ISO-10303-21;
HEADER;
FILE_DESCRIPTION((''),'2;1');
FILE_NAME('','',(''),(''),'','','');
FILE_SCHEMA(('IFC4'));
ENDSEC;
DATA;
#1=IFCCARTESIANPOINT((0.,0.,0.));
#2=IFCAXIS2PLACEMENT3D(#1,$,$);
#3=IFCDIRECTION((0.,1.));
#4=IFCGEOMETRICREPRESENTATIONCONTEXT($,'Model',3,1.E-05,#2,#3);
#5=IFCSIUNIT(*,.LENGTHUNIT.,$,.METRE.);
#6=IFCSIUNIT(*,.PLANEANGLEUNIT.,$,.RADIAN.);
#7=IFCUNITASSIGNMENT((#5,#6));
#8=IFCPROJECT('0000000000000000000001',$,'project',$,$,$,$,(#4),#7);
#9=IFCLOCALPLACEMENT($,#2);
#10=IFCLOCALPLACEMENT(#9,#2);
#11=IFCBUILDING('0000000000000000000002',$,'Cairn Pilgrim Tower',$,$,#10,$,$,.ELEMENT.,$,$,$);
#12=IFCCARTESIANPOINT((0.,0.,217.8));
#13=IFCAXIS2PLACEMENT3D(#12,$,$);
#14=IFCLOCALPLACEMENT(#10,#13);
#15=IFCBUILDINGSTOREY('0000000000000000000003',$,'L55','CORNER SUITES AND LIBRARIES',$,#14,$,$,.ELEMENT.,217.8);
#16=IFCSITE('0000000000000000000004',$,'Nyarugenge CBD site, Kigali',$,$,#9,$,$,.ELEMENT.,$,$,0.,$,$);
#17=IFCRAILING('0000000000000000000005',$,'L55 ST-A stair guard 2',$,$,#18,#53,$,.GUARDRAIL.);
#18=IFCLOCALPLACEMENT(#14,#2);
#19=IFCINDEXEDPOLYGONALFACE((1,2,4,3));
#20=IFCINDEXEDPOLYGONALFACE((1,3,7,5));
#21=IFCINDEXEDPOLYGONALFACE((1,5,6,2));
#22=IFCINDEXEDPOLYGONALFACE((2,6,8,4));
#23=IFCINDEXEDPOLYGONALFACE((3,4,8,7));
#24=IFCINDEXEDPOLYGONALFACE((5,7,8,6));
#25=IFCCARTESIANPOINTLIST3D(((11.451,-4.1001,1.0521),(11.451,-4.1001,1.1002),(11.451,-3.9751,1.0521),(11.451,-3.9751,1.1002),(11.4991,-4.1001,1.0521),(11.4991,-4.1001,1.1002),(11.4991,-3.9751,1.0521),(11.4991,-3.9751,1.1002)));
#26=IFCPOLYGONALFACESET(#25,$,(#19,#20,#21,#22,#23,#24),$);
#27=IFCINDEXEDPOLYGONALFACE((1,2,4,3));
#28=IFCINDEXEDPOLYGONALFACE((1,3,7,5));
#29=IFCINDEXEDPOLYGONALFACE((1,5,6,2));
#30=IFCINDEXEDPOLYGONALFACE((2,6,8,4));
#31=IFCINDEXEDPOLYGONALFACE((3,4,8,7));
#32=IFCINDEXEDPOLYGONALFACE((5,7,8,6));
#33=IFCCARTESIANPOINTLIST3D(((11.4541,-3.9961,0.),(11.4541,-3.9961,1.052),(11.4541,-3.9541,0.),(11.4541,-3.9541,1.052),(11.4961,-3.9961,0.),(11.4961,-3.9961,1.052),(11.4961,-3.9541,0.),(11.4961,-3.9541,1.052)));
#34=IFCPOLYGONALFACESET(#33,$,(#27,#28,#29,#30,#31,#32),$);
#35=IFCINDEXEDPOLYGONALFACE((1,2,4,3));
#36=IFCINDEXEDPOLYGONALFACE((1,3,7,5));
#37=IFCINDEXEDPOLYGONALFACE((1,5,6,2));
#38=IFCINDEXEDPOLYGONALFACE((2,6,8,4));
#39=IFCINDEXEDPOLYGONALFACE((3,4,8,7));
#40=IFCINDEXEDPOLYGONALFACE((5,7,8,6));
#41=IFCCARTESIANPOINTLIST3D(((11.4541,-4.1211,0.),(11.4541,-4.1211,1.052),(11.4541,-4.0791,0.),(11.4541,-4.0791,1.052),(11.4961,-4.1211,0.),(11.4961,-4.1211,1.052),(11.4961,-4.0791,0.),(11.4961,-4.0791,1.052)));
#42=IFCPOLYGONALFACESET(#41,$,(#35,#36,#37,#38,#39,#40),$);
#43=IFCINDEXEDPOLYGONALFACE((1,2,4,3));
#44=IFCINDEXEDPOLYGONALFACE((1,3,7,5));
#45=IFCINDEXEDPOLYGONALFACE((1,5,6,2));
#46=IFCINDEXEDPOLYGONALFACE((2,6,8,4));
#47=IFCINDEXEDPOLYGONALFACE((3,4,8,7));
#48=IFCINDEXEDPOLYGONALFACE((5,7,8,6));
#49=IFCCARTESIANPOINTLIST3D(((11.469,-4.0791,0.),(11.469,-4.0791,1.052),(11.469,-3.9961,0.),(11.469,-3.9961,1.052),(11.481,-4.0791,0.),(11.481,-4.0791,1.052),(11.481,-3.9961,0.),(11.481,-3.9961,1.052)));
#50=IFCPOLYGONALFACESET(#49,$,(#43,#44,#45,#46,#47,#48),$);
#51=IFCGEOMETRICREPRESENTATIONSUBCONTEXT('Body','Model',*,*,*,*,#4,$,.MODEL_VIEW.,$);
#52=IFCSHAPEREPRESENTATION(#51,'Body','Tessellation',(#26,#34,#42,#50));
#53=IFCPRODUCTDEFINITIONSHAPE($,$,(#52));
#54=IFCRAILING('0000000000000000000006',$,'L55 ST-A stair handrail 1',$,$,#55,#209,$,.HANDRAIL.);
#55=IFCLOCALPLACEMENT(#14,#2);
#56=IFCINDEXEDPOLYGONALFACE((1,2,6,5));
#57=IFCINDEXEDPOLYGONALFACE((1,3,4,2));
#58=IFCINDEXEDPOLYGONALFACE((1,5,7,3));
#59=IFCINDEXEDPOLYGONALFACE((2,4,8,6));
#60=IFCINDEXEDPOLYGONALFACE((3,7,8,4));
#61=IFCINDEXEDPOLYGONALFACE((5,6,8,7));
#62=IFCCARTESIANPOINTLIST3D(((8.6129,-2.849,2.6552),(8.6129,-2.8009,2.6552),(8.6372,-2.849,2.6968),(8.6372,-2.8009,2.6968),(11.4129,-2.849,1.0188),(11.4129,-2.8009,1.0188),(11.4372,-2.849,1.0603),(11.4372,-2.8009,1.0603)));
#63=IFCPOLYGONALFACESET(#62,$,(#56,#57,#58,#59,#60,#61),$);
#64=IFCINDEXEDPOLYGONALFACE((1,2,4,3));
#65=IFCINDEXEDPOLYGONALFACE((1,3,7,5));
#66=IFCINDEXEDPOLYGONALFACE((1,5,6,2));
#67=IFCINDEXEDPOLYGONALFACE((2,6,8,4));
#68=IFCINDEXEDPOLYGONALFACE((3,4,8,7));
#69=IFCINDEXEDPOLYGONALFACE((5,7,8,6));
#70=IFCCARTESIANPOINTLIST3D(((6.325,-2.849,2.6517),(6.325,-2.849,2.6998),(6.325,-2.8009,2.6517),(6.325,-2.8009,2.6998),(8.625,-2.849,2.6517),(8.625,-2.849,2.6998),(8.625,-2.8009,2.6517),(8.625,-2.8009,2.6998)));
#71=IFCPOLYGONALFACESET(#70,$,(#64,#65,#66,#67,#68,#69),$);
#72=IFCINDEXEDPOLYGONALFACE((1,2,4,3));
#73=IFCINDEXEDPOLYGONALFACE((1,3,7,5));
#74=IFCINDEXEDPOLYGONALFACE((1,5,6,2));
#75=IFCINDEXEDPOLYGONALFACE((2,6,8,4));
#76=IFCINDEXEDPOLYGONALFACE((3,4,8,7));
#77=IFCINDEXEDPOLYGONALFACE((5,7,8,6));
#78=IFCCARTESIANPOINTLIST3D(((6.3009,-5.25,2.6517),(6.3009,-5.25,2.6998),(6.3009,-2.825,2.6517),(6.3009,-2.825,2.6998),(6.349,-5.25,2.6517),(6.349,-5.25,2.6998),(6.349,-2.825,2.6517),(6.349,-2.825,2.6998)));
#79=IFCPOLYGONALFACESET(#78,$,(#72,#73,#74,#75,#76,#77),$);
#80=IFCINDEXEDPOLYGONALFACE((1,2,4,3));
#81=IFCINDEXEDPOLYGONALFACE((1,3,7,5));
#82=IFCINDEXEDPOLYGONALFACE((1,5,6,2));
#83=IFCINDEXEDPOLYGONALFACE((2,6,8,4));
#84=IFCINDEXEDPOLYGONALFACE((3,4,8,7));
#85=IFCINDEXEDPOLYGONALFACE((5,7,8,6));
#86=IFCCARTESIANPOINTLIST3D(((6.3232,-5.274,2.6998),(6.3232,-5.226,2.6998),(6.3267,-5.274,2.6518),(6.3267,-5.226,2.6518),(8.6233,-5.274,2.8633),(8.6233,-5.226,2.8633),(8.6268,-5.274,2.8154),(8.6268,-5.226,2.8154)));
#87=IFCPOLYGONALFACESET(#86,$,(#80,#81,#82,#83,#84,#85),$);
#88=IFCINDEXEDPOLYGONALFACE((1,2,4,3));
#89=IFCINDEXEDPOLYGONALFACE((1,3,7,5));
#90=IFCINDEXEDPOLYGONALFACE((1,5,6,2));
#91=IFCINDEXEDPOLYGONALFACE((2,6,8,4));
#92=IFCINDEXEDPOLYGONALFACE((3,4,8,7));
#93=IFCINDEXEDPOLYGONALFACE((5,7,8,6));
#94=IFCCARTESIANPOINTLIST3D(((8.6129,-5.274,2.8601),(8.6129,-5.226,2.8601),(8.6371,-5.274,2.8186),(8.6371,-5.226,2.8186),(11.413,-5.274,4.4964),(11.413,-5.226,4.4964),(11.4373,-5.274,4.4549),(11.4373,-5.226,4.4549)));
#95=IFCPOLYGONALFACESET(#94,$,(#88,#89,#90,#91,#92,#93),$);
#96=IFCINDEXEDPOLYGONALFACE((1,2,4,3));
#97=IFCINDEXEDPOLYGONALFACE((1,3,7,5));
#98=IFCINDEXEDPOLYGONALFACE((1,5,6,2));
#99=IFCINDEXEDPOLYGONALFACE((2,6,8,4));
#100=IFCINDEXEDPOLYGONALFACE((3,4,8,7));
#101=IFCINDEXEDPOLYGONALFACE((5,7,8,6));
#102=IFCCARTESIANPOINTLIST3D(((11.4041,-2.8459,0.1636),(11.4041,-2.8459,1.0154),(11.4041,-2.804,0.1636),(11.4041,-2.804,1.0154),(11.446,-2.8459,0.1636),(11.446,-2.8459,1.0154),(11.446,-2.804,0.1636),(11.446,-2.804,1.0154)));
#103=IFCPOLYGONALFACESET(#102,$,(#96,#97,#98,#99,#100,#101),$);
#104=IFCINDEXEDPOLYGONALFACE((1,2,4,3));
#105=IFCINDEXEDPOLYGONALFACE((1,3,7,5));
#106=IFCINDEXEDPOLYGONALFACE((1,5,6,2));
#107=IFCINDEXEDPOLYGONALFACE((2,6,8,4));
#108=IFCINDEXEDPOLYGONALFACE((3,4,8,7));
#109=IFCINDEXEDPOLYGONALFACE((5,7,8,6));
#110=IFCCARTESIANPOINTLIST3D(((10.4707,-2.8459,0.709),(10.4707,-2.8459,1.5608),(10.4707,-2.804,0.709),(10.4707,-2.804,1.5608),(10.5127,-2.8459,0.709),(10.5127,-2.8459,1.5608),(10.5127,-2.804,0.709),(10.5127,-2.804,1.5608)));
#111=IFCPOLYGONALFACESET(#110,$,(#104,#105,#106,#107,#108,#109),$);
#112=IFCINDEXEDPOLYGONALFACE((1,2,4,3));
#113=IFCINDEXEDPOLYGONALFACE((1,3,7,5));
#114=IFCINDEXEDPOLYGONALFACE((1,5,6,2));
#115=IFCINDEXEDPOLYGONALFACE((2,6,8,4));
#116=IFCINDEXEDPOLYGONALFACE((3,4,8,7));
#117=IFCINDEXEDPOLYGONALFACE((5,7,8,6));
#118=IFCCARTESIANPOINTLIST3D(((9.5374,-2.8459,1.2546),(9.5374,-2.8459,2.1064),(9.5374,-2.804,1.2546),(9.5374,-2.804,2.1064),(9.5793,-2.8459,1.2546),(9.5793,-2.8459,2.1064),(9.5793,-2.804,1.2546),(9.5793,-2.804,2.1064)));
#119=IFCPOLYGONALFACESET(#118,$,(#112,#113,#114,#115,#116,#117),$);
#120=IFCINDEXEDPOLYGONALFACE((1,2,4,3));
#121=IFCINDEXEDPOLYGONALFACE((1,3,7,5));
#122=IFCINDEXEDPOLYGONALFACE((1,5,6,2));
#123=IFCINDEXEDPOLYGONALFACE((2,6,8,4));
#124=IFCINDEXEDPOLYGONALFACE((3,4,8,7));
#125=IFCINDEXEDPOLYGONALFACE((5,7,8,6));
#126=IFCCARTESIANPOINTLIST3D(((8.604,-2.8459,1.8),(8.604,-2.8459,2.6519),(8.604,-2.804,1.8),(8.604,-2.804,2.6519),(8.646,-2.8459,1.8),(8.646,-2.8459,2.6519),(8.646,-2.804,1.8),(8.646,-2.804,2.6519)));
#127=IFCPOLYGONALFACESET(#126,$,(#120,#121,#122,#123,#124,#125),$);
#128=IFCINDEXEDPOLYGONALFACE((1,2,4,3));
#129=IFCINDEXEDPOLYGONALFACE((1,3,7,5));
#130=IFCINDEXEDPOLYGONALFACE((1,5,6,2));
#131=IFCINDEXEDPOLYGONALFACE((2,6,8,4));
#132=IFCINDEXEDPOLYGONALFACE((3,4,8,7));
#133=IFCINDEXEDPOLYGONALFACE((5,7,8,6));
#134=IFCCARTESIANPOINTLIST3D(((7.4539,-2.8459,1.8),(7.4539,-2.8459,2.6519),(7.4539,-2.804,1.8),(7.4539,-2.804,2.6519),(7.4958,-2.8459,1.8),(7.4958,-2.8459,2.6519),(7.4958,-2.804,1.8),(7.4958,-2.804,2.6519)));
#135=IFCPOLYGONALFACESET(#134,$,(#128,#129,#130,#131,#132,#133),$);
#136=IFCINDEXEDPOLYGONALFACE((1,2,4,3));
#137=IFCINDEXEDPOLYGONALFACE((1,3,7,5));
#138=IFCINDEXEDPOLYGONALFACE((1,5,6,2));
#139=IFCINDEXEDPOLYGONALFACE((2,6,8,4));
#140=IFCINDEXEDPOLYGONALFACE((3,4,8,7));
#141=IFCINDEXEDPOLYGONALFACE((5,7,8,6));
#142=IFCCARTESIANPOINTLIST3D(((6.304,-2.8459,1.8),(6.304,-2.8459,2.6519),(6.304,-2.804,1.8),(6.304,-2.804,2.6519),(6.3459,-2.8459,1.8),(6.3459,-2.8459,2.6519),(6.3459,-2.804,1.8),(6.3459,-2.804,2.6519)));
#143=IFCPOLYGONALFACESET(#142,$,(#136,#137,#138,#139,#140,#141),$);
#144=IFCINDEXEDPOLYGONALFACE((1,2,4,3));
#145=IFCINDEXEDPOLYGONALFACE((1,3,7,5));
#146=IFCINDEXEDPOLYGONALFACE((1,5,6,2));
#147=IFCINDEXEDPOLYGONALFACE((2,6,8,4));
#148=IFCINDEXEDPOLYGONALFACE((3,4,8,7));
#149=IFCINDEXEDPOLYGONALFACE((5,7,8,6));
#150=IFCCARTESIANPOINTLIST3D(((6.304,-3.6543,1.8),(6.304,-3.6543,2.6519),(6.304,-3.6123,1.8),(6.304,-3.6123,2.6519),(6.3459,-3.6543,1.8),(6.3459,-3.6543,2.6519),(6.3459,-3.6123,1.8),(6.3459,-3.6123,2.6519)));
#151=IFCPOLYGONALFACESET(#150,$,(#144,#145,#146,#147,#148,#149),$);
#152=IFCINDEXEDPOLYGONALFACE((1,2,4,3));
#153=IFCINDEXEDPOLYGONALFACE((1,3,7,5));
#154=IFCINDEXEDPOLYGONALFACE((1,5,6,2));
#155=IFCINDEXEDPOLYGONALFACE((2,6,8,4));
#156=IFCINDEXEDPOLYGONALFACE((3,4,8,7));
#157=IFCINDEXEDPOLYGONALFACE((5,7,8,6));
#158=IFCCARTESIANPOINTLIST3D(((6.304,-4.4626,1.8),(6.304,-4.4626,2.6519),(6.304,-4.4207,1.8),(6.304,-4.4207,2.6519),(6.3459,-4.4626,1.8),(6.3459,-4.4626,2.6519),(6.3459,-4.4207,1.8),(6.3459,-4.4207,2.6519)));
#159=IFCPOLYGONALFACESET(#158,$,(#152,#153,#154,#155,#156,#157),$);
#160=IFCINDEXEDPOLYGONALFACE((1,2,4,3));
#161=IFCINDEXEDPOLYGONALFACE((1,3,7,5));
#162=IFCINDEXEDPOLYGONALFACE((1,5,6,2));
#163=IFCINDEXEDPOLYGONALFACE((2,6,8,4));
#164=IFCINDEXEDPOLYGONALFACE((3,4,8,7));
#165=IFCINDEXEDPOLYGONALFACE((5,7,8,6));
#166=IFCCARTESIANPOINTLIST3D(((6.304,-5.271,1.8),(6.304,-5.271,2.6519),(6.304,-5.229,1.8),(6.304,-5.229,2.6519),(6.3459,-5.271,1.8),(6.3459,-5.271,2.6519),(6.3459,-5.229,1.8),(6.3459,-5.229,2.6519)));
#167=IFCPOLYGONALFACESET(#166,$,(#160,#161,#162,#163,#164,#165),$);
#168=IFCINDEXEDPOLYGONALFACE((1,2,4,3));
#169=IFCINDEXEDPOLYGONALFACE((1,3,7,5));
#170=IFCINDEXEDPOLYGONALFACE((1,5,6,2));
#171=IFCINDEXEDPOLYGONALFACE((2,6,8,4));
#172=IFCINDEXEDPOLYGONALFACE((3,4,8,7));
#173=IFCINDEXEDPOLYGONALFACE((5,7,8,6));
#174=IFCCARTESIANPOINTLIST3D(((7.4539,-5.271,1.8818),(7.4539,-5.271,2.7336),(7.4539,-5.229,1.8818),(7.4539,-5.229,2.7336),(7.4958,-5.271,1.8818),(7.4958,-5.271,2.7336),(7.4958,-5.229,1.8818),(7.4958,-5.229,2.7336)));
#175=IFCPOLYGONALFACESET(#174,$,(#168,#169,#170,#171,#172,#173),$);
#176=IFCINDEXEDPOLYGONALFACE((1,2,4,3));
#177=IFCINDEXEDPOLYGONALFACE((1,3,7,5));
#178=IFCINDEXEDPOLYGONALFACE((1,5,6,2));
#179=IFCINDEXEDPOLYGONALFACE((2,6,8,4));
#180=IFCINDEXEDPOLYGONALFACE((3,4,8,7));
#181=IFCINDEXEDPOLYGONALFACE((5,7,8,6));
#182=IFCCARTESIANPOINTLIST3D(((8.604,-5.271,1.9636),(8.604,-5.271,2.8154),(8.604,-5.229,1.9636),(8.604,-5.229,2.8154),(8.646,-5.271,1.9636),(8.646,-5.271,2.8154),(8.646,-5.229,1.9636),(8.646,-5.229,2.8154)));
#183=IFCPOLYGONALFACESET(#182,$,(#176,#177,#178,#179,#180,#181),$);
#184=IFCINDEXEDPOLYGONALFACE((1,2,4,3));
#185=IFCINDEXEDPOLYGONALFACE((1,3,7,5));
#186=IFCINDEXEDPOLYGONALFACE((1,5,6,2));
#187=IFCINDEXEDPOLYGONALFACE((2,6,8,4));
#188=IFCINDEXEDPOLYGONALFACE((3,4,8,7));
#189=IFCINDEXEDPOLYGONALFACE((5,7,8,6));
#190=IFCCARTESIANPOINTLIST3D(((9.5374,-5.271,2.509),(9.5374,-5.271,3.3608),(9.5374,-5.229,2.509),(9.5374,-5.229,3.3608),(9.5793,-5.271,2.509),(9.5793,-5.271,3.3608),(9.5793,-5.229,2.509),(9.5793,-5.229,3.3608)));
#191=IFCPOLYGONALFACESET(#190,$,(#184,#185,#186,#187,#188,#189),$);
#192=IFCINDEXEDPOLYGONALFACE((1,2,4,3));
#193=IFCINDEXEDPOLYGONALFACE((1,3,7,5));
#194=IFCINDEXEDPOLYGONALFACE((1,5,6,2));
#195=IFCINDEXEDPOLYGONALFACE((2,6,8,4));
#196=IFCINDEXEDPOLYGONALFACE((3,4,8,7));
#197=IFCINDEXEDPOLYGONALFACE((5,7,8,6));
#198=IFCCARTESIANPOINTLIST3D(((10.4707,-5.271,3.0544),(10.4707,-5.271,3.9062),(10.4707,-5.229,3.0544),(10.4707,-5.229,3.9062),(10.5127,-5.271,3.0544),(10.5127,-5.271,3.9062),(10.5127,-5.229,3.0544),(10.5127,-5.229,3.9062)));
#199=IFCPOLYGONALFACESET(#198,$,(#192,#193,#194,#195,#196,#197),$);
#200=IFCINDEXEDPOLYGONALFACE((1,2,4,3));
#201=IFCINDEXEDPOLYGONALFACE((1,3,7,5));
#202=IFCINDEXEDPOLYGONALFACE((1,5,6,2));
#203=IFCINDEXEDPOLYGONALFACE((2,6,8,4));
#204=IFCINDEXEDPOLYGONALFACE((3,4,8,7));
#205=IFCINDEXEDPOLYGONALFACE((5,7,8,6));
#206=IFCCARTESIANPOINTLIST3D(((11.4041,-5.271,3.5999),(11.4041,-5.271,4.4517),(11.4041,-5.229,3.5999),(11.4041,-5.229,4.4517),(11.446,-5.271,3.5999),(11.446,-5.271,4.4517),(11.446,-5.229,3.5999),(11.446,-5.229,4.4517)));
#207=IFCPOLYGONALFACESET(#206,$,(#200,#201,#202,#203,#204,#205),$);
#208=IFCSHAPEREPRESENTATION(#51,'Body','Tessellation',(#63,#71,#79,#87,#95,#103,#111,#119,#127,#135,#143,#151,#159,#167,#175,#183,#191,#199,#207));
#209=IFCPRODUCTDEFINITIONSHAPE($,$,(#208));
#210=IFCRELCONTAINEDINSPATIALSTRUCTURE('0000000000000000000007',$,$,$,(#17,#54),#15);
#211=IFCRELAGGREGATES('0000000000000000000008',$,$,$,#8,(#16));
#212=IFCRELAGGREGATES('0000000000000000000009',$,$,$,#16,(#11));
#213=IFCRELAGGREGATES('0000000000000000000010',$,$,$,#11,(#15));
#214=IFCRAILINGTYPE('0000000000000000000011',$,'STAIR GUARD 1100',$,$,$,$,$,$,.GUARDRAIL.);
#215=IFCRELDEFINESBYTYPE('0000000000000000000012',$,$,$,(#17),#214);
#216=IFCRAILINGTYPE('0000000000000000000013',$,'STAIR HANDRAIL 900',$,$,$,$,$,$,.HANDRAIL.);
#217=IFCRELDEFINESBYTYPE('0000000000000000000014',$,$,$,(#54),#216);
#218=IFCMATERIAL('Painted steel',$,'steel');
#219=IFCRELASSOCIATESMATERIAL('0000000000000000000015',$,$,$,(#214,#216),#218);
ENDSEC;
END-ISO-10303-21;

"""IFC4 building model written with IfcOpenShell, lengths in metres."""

from ifc_helpers import new_model, si_unit, direction, frame, origin, origin_2d, place, context, subcontext, project, spatial, polyline, rectangle, outline, extrude, material, type_object, element, save


model = new_model("IFC4")

# Units and contexts
model_context = context("Model", 3, precision=1e-05, world=origin(), true_north=direction((0.0, 1.0)))
body_context = subcontext(model_context, "Body", "Model", "MODEL_VIEW")
ifc_project = project(units=[si_unit("LENGTHUNIT", "METRE"), si_unit("PLANEANGLEUNIT", "RADIAN")], contexts=[model_context])

# Site, building, storey
site_placement = place(None, origin())
site = spatial("IfcSite", under=ifc_project, at=site_placement, Name="Nyarugenge CBD site, Kigali", CompositionType="ELEMENT", RefElevation=0.0)
building_placement = place(site_placement, origin())
building = spatial("IfcBuilding", under=site, at=building_placement, Name="Cairn Pilgrim Tower", CompositionType="ELEMENT")
storey_placement = place(building_placement, frame((0.0, 0.0, 217.8)))
storey = spatial("IfcBuildingStorey", under=building, at=storey_placement, Name="L55", Description="CORNER SUITES AND LIBRARIES", CompositionType="ELEMENT", Elevation=217.8)

# Shared definitions
ifc_material_1 = material(Name="Painted steel", Category="steel")

# Railings
railing_type_1 = type_object("IfcRailingType", Name="STAIR GUARD 1100", PredefinedType="GUARDRAIL", material=ifc_material_1)
railing_1_placement = place(storey_placement, frame((11.4751, -3.9751, 0.0)))
element("IfcRailing", 1, at=railing_1_placement, inside=storey, type_object=railing_type_1, Name="L55 ST-A stair guard 2", PredefinedType="GUARDRAIL", context=body_context, shape_type="SweptSolid", body=[
    extrude(rectangle(XDim=0.0481, YDim=0.0481, at=origin_2d()), frame((0.0, 0.0, 1.0762), z_axis=(0.0, -1.0, 0.0), x_axis=(1.0, 0.0, 0.0)), (0.0, 0.0, 1.0), 0.125),
    extrude(rectangle(XDim=0.042, YDim=0.042, at=origin_2d()), origin(), (0.0, 0.0, 1.0), 1.052),
    extrude(rectangle(XDim=0.042, YDim=0.042, at=origin_2d()), frame((0.0, -0.125, 0.0)), (0.0, 0.0, 1.0), 1.052),
    extrude(outline(polyline([(0.021, 0.0), (0.104, 0.0), (0.104, 1.052), (0.021, 1.052), (0.021, 0.0)])), frame((0.0059, 0.0, 0.0), z_axis=(-1.0, 0.0, 0.0), x_axis=(0.0, -1.0, 0.0)), (0.0, 0.0, 1.0), 0.012),
])
railing_type_2 = type_object("IfcRailingType", Name="STAIR HANDRAIL 900", PredefinedType="HANDRAIL", material=ifc_material_1)
railing_2_placement = place(storey_placement, frame((11.425, -2.825, 0.1636)))
element("IfcRailing", 2, at=railing_2_placement, inside=storey, type_object=railing_type_2, Name="L55 ST-A stair handrail 1", PredefinedType="HANDRAIL", context=body_context, shape_type="SweptSolid", body=[
    extrude(rectangle(XDim=0.0481, YDim=0.0481, at=origin_2d()), frame((0.0, 0.0, 0.876), z_axis=(-0.863361, 0.0, 0.504587), x_axis=(0.0, -1.0, 0.0)), (0.0, 0.0, 1.0), 3.2432),
    extrude(rectangle(XDim=0.0481, YDim=0.0481, at=origin_2d()), frame((-2.8, 0.0, 2.5122), z_axis=(-1.0, 0.0, 0.0), x_axis=(0.0, -1.0, 0.0)), (0.0, 0.0, 1.0), 2.3),
    extrude(rectangle(XDim=0.0481, YDim=0.0481, at=origin_2d()), frame((-5.1001, 0.0, 2.5122), z_axis=(0.0, -1.0, 0.0), x_axis=(1.0, 0.0, 0.0)), (0.0, 0.0, 1.0), 2.425),
    extrude(rectangle(XDim=0.0481, YDim=0.0481, at=origin_2d()), frame((-5.1001, -2.425, 2.5122), z_axis=(0.997481, 0.0, 0.070939), x_axis=(0.0, 1.0, 0.0)), (0.0, 0.0, 1.0), 2.3059),
    extrude(rectangle(XDim=0.0481, YDim=0.0481, at=origin_2d()), frame((-2.8, -2.425, 2.6758), z_axis=(0.863394, 0.0, 0.504531), x_axis=(0.0, 1.0, 0.0)), (0.0, 0.0, 1.0), 3.2432),
    extrude(rectangle(XDim=0.042, YDim=0.042, at=origin_2d()), origin(), (0.0, 0.0, 1.0), 0.8518),
    extrude(rectangle(XDim=0.042, YDim=0.042, at=origin_2d()), frame((-0.9333, 0.0, 0.5454)), (0.0, 0.0, 1.0), 0.8518),
    extrude(rectangle(XDim=0.042, YDim=0.042, at=origin_2d()), frame((-1.8667, 0.0, 1.0911)), (0.0, 0.0, 1.0), 0.8518),
    extrude(rectangle(XDim=0.042, YDim=0.042, at=origin_2d()), frame((-2.8, 0.0, 1.6365)), (0.0, 0.0, 1.0), 0.8518),
    extrude(rectangle(XDim=0.042, YDim=0.042, at=origin_2d()), frame((-3.9502, 0.0, 1.6365)), (0.0, 0.0, 1.0), 0.8518),
    extrude(rectangle(XDim=0.042, YDim=0.042, at=origin_2d()), frame((-5.1001, 0.0, 1.6365)), (0.0, 0.0, 1.0), 0.8518),
    extrude(rectangle(XDim=0.042, YDim=0.042, at=origin_2d()), frame((-5.1001, -0.8083, 1.6365)), (0.0, 0.0, 1.0), 0.8518),
    extrude(rectangle(XDim=0.042, YDim=0.042, at=origin_2d()), frame((-5.1001, -1.6167, 1.6365)), (0.0, 0.0, 1.0), 0.8518),
    extrude(rectangle(XDim=0.042, YDim=0.042, at=origin_2d()), frame((-5.1001, -2.425, 1.6365)), (0.0, 0.0, 1.0), 0.8518),
    extrude(rectangle(XDim=0.042, YDim=0.042, at=origin_2d()), frame((-3.9502, -2.425, 1.7183)), (0.0, 0.0, 1.0), 0.8518),
    extrude(rectangle(XDim=0.042, YDim=0.042, at=origin_2d()), frame((-2.8, -2.425, 1.8)), (0.0, 0.0, 1.0), 0.8518),
    extrude(rectangle(XDim=0.042, YDim=0.042, at=origin_2d()), frame((-1.8667, -2.425, 2.3455)), (0.0, 0.0, 1.0), 0.8518),
    extrude(rectangle(XDim=0.042, YDim=0.042, at=origin_2d()), frame((-0.9333, -2.425, 2.8909)), (0.0, 0.0, 1.0), 0.8518),
    extrude(rectangle(XDim=0.042, YDim=0.042, at=origin_2d()), frame((0.0, -2.425, 3.4363)), (0.0, 0.0, 1.0), 0.8518),
])

save(model, "model.ifc")
